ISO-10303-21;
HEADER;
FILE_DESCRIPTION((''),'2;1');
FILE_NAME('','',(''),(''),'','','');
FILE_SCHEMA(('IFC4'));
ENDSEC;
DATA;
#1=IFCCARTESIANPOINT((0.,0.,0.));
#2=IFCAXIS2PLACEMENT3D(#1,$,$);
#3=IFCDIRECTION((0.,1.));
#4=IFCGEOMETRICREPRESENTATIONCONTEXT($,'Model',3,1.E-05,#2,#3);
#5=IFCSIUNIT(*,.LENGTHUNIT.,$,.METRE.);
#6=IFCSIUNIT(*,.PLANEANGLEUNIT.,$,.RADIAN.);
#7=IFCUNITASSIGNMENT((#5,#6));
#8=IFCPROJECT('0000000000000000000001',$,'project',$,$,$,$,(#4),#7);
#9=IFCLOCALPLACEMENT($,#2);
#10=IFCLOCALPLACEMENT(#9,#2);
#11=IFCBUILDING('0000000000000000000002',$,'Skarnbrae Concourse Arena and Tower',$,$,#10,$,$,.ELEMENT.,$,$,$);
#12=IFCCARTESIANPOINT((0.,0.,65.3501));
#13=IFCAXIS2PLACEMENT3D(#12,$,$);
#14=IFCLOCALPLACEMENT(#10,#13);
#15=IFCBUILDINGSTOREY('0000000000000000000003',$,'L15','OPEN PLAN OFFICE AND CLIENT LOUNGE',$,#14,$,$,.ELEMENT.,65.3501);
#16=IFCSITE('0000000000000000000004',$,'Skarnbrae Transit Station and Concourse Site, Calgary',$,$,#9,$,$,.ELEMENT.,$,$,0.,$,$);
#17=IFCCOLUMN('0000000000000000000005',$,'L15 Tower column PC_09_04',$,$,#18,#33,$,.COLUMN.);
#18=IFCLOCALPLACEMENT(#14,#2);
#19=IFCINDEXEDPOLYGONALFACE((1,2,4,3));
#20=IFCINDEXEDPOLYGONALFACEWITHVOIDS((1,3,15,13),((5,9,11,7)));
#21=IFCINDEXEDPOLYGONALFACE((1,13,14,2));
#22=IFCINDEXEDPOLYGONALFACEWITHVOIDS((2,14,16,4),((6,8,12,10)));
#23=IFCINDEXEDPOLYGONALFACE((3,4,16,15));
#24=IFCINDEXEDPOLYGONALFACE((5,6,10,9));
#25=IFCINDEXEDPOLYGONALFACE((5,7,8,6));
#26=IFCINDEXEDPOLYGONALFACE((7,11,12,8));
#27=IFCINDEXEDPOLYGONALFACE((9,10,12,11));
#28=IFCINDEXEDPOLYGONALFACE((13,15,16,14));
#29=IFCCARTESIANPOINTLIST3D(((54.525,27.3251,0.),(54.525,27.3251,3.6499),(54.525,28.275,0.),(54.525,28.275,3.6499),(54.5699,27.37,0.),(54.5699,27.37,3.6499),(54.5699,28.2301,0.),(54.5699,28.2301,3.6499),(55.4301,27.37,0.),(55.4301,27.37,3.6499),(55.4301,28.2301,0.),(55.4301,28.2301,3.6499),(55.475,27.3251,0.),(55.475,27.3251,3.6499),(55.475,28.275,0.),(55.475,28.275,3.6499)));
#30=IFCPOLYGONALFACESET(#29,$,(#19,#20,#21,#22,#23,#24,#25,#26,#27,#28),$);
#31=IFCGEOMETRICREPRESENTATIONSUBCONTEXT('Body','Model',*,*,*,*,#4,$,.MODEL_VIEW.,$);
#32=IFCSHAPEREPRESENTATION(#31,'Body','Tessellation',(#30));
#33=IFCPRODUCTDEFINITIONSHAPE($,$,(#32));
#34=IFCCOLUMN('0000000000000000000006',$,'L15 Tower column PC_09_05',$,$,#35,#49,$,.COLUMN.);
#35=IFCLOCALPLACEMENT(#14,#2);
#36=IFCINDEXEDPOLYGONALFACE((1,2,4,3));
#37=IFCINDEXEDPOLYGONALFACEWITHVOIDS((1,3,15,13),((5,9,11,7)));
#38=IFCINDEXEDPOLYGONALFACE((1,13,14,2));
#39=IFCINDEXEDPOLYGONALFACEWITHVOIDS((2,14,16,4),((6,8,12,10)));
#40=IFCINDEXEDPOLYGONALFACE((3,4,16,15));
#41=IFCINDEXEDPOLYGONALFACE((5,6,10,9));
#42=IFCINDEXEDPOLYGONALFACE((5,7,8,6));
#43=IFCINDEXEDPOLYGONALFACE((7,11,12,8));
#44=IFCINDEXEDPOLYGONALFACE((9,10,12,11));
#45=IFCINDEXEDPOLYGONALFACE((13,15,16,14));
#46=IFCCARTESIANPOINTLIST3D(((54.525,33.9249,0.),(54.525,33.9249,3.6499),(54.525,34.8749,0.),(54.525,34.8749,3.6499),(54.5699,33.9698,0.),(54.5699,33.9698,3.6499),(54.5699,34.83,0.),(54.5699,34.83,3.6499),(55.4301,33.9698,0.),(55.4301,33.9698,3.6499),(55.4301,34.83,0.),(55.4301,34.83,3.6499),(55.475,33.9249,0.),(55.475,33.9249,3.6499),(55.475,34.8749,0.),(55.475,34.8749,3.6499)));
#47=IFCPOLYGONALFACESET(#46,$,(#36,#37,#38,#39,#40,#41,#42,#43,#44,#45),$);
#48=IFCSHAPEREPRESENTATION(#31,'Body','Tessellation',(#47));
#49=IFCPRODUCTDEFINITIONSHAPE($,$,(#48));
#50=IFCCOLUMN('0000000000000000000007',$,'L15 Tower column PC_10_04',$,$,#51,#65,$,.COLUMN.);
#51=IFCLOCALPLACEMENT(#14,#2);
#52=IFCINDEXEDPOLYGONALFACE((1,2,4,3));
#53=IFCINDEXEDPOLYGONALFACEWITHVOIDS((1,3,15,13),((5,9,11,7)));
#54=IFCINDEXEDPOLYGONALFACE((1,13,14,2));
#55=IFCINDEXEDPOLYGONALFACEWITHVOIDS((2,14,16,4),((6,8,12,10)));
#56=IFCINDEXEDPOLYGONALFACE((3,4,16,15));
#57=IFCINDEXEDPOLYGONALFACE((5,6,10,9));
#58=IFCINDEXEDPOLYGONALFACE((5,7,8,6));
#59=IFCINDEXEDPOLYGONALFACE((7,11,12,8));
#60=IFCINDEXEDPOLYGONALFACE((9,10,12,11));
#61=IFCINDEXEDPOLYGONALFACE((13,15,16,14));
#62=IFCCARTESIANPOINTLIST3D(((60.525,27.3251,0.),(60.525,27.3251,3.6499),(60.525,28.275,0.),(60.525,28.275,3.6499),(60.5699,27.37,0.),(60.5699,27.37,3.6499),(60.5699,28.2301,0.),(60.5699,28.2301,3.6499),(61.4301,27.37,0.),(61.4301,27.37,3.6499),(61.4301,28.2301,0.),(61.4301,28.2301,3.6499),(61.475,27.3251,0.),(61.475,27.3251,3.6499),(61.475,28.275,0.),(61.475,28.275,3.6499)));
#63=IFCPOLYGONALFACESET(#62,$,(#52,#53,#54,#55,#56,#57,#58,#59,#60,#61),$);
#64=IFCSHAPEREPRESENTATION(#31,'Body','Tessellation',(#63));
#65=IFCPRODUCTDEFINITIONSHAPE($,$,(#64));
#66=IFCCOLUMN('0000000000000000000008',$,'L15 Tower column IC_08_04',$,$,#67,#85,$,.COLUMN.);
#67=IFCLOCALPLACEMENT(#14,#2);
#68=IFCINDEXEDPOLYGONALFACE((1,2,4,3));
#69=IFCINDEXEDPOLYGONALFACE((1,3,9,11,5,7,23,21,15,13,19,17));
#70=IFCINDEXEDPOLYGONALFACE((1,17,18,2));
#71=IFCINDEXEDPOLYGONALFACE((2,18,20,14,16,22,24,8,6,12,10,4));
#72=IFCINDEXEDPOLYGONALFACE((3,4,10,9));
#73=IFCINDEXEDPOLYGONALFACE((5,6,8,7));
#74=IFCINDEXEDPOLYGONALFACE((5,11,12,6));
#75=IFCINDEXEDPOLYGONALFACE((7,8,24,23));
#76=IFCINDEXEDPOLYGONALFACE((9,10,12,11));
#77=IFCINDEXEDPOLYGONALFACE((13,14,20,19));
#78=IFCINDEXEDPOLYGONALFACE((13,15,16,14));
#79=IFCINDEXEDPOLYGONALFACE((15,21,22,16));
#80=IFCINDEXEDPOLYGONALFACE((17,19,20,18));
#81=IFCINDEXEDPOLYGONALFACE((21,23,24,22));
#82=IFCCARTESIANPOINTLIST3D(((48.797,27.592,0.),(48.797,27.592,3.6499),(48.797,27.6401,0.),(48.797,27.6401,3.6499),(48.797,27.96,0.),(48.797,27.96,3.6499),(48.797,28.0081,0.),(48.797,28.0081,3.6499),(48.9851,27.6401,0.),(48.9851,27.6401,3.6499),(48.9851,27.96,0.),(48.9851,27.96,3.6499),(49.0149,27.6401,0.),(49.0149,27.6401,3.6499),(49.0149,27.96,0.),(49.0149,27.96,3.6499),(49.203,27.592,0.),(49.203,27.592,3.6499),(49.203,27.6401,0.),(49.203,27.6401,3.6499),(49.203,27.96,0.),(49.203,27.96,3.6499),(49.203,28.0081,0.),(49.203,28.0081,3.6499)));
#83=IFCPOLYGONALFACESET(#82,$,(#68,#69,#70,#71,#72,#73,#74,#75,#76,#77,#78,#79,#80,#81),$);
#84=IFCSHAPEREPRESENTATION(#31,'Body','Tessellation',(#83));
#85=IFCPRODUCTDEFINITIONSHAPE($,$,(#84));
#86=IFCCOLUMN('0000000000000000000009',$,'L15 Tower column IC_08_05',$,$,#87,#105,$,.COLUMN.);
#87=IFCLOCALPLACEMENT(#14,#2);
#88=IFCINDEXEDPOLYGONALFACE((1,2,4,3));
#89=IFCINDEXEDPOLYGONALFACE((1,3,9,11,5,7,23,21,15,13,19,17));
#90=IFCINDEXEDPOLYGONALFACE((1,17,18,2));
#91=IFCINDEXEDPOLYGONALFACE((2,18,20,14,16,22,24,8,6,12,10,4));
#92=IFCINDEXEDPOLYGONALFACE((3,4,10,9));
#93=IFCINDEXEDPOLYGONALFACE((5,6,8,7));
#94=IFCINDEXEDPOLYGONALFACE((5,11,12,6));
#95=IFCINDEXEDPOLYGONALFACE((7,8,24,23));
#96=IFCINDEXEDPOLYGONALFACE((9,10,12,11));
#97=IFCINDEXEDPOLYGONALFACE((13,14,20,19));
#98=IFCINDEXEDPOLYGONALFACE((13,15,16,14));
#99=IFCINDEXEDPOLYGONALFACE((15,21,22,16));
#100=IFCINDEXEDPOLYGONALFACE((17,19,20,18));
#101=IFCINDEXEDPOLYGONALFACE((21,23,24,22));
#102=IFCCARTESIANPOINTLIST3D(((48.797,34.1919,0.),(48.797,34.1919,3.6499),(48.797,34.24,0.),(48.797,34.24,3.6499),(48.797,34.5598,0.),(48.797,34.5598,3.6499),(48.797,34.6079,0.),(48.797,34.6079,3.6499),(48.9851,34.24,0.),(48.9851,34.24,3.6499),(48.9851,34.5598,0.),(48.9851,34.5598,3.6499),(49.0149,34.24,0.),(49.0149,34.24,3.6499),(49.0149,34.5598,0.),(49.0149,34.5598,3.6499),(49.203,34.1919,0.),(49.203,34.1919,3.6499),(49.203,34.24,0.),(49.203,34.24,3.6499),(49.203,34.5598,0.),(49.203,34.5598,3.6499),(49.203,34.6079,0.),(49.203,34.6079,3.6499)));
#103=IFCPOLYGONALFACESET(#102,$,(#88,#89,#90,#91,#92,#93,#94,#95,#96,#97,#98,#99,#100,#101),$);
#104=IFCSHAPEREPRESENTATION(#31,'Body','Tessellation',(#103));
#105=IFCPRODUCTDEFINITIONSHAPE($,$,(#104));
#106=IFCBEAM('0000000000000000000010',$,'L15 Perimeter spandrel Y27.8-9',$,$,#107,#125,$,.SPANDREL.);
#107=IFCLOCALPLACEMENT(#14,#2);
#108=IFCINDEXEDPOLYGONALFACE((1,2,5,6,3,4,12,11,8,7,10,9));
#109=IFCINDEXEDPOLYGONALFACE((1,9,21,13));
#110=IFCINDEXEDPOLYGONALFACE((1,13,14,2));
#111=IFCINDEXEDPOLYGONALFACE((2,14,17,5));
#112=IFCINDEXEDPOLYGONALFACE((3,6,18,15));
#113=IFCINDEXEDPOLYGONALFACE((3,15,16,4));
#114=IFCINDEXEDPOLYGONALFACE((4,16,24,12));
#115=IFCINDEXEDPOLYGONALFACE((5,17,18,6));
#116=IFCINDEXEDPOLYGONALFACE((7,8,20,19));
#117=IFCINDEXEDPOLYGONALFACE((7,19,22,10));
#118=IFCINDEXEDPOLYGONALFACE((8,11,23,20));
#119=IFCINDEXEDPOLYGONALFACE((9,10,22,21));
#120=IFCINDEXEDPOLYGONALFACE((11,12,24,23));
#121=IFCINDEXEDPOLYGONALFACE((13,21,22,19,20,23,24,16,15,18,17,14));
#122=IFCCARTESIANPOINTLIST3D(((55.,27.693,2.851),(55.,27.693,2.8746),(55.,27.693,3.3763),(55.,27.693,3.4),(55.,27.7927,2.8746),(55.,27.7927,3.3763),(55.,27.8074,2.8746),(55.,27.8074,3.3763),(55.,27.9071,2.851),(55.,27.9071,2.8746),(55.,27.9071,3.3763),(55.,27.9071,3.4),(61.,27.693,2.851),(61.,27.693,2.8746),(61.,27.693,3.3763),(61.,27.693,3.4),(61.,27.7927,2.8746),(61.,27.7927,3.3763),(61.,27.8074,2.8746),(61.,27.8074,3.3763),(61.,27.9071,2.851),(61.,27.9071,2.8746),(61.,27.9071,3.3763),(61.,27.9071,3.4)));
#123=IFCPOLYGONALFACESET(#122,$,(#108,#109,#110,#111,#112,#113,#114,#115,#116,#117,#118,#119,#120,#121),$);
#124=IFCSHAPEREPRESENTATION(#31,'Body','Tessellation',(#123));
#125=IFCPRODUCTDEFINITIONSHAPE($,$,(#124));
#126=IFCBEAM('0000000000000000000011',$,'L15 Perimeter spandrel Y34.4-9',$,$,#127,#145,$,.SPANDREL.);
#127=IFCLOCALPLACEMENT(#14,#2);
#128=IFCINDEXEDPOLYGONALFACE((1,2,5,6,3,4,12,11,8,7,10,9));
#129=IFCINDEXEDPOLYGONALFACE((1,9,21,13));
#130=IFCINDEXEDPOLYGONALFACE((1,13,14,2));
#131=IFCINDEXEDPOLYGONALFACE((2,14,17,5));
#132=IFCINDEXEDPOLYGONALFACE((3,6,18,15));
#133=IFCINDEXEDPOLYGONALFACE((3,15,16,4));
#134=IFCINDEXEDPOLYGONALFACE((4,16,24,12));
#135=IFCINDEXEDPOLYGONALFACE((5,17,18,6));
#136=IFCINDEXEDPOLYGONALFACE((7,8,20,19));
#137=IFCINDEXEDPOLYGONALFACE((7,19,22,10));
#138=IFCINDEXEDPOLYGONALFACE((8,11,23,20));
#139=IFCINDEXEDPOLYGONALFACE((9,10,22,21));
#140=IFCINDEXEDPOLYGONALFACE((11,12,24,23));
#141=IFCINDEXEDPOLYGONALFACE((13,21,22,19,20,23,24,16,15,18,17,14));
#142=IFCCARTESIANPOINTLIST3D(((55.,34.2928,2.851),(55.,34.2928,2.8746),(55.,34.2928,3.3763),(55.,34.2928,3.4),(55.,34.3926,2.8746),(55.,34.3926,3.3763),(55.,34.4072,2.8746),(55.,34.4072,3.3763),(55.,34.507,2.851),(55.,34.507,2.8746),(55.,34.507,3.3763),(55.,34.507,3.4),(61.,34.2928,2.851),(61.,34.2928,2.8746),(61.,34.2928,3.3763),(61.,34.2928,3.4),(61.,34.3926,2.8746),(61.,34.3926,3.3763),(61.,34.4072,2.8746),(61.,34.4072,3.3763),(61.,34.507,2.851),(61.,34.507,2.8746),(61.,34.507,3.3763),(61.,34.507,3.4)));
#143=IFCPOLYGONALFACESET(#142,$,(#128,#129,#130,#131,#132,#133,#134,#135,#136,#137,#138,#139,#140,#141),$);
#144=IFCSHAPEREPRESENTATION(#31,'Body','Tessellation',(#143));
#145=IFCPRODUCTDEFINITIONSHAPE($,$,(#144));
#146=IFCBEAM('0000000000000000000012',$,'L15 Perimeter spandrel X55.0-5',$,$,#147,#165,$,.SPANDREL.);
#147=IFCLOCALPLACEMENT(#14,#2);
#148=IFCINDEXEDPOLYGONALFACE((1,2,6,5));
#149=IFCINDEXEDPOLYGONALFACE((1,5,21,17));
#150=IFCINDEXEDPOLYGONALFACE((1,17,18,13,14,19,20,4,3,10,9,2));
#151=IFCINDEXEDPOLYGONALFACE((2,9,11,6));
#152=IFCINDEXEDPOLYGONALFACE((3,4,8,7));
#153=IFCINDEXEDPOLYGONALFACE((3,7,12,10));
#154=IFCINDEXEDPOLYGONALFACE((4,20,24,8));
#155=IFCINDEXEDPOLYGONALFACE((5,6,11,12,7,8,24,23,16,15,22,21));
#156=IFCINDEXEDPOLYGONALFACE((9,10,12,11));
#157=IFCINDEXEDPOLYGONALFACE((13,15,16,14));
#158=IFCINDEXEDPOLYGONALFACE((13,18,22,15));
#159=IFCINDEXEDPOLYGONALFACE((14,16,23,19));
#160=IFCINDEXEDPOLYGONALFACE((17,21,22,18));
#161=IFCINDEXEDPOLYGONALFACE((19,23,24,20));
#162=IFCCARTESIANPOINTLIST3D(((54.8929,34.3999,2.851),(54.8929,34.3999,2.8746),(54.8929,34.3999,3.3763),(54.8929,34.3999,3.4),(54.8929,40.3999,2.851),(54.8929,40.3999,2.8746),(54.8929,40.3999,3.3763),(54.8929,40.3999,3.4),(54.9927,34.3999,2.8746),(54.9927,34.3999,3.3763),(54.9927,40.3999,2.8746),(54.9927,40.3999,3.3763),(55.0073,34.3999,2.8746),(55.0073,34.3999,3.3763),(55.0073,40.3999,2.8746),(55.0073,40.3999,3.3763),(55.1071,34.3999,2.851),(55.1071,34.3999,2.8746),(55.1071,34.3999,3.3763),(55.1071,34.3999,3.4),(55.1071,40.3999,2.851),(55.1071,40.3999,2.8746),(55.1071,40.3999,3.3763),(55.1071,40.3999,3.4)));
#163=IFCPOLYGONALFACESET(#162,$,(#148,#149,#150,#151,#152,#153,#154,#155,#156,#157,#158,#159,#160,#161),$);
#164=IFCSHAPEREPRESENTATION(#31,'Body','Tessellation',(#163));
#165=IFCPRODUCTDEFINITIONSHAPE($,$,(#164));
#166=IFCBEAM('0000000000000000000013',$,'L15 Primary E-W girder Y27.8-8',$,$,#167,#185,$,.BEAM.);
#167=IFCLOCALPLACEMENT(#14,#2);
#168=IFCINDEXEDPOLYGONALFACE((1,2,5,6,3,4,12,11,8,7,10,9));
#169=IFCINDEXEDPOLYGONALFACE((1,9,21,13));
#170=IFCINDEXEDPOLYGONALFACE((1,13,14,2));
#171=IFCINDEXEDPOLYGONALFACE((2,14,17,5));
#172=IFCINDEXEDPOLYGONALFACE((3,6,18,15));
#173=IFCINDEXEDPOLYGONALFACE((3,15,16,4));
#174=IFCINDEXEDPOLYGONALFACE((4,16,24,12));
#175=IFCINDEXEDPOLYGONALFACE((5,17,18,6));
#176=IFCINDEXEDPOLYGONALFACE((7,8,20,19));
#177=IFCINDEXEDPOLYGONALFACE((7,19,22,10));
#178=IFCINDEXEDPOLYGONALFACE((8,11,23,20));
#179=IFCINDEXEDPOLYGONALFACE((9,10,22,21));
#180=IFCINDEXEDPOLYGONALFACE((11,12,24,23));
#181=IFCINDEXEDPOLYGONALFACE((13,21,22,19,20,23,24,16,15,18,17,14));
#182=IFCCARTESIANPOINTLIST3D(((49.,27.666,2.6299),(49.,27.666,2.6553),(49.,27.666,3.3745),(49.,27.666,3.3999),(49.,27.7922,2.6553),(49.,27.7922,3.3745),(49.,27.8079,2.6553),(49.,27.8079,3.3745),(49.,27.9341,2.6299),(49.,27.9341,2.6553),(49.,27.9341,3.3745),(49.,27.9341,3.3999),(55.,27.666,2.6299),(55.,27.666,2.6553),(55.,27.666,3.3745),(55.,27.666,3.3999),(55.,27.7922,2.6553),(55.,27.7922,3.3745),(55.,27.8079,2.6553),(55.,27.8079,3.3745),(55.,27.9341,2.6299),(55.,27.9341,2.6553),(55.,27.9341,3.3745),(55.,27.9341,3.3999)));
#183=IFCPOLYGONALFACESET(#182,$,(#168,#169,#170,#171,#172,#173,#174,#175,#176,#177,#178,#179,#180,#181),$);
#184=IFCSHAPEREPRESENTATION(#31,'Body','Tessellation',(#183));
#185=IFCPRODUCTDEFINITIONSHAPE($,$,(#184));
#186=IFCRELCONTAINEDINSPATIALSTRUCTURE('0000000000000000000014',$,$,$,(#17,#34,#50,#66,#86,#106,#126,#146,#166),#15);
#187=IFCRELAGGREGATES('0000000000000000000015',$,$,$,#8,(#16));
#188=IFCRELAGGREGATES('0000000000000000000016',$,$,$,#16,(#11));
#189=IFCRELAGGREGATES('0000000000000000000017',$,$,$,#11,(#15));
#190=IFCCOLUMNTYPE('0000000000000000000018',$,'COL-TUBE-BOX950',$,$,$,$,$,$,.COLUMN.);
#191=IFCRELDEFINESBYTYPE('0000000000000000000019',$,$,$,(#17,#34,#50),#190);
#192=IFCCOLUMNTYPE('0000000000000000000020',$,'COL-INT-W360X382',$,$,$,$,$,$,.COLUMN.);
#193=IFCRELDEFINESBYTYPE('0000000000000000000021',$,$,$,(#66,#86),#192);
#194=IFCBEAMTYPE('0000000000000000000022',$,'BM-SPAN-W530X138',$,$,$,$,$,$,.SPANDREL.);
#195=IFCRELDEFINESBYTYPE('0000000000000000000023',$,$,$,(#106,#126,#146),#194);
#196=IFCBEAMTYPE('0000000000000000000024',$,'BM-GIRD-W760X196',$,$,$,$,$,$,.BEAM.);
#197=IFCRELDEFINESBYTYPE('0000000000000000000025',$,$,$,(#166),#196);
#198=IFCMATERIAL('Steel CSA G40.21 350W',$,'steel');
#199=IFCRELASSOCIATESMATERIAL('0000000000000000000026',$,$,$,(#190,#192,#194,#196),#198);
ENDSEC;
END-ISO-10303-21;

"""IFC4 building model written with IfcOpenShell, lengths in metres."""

from ifc_helpers import new_model, si_unit, direction, frame, origin, origin_2d, place, context, subcontext, project, spatial, hollow_rectangle, i_section, extrude, source, transform, mapped, material, material_profile, profile_set, type_object, element, save


model = new_model("IFC4")

# Units and contexts
model_context = context("Model", 3, precision=1e-05, world=origin(), true_north=direction((0.0, 1.0)))
body_context = subcontext(model_context, "Body", "Model", "MODEL_VIEW")
ifc_project = project(units=[si_unit("LENGTHUNIT", "METRE"), si_unit("PLANEANGLEUNIT", "RADIAN")], contexts=[model_context])

# Site, building, storey
site_placement = place(None, origin())
site = spatial("IfcSite", under=ifc_project, at=site_placement, Name="Skarnbrae Transit Station and Concourse Site, Calgary", CompositionType="ELEMENT", RefElevation=0.0)
building_placement = place(site_placement, origin())
building = spatial("IfcBuilding", under=site, at=building_placement, Name="Skarnbrae Concourse Arena and Tower", CompositionType="ELEMENT")
storey_placement = place(building_placement, frame((0.0, 0.0, 65.3501)))
storey = spatial("IfcBuildingStorey", under=building, at=storey_placement, Name="L15", Description="OPEN PLAN OFFICE AND CLIENT LOUNGE", CompositionType="ELEMENT", Elevation=65.3501)

# Columns
ifc_material_1 = material(Name="Steel CSA G40.21 350W", Category="steel")
ifc_material_profile_1 = material_profile(ifc_material_1, hollow_rectangle(XDim=0.95, YDim=0.95, WallThickness=0.0449, at=origin_2d()), Name="BOX950X950X45")
ifc_profile_set_1 = profile_set([ifc_material_profile_1], Name="Steel CSA G40.21 350W")
column_type_1 = type_object("IfcColumnType", Name="COL-TUBE-BOX950", PredefinedType="COLUMN", material=ifc_profile_set_1)
shared_shape_1 = source(origin(), body_context, "Body", "SweptSolid", [
    extrude(hollow_rectangle(XDim=0.95, YDim=0.95, WallThickness=0.0449, at=origin_2d()), origin(), (0.0, 0.0, 1.0), 3.6499),
])
for number, where, z_axis, x_axis, name in (
    (1, (55.0, 27.8, 0.0), (0.0, 0.0, 1.0), (1.0, 0.0, 0.0), "L15 Tower column PC_09_04"),
    (2, (55.0, 34.3999, 0.0), (0.0, 0.0, 1.0), (1.0, 0.0, 0.0), "L15 Tower column PC_09_05"),
    (3, (61.0, 27.8, 0.0), (0.0, 0.0, 1.0), (1.0, 0.0, 0.0), "L15 Tower column PC_10_04"),
):
    element("IfcColumn", number, at=place(storey_placement, frame(where, z_axis=z_axis, x_axis=x_axis)), inside=storey, type_object=column_type_1, Name=name, PredefinedType="COLUMN", context=body_context, shape_type="MappedRepresentation", body=[
        mapped(shared_shape_1, transform((0.0, 0.0, 0.0))),
    ])
ifc_material_profile_2 = material_profile(ifc_material_1, i_section(OverallWidth=0.406, OverallDepth=0.416, WebThickness=0.0298, FlangeThickness=0.0481, at=origin_2d()), Name="W360X382")
ifc_profile_set_2 = profile_set([ifc_material_profile_2], Name="Steel CSA G40.21 350W")
column_type_2 = type_object("IfcColumnType", Name="COL-INT-W360X382", PredefinedType="COLUMN", material=ifc_profile_set_2)
shared_shape_2 = source(origin(), body_context, "Body", "SweptSolid", [
    extrude(i_section(OverallWidth=0.406, OverallDepth=0.416, WebThickness=0.0298, FlangeThickness=0.0481, at=origin_2d()), origin(), (0.0, 0.0, 1.0), 3.6499),
])
for number, where, z_axis, x_axis, name in (
    (4, (49.0, 27.8, 0.0), (0.0, 0.0, 1.0), (1.0, 0.0, 0.0), "L15 Tower column IC_08_04"),
    (5, (49.0, 34.3999, 0.0), (0.0, 0.0, 1.0), (1.0, 0.0, 0.0), "L15 Tower column IC_08_05"),
):
    element("IfcColumn", number, at=place(storey_placement, frame(where, z_axis=z_axis, x_axis=x_axis)), inside=storey, type_object=column_type_2, Name=name, PredefinedType="COLUMN", context=body_context, shape_type="MappedRepresentation", body=[
        mapped(shared_shape_2, transform((0.0, 0.0, 0.0))),
    ])

# Beams
ifc_material_profile_3 = material_profile(ifc_material_1, i_section(OverallWidth=0.2141, OverallDepth=0.5491, WebThickness=0.0146, FlangeThickness=0.0237, at=origin_2d()), Name="W530X138")
ifc_profile_set_3 = profile_set([ifc_material_profile_3], Name="Steel CSA G40.21 350W")
beam_type_1 = type_object("IfcBeamType", Name="BM-SPAN-W530X138", PredefinedType="SPANDREL", material=ifc_profile_set_3)
shared_shape_3 = source(origin(), body_context, "Body", "SweptSolid", [
    extrude(i_section(OverallWidth=0.2141, OverallDepth=0.5491, WebThickness=0.0146, FlangeThickness=0.0237, at=origin_2d()), origin(), (0.0, 0.0, 1.0), 6.0),
])
for number, where, z_axis, x_axis, name in (
    (6, (55.0, 27.8, 3.1255), (1.0, 0.0, 0.0), (0.0, 1.0, 0.0), "L15 Perimeter spandrel Y27.8-9"),
    (7, (55.0, 34.3999, 3.1255), (1.0, 0.0, 0.0), (0.0, 1.0, 0.0), "L15 Perimeter spandrel Y34.4-9"),
    (8, (55.0, 34.3999, 3.1255), (0.0, 1.0, 0.0), (-1.0, 0.0, 0.0), "L15 Perimeter spandrel X55.0-5"),
):
    element("IfcBeam", number, at=place(storey_placement, frame(where, z_axis=z_axis, x_axis=x_axis)), inside=storey, type_object=beam_type_1, Name=name, PredefinedType="SPANDREL", context=body_context, shape_type="MappedRepresentation", body=[
        mapped(shared_shape_3, transform((0.0, 0.0, 0.0))),
    ])
ifc_material_profile_4 = material_profile(ifc_material_1, i_section(OverallWidth=0.2681, OverallDepth=0.77, WebThickness=0.0156, FlangeThickness=0.0254, at=origin_2d()), Name="W760X196")
ifc_profile_set_4 = profile_set([ifc_material_profile_4], Name="Steel CSA G40.21 350W")
beam_type_2 = type_object("IfcBeamType", Name="BM-GIRD-W760X196", PredefinedType="BEAM", material=ifc_profile_set_4)
shared_shape_4 = source(origin(), body_context, "Body", "SweptSolid", [
    extrude(i_section(OverallWidth=0.2681, OverallDepth=0.77, WebThickness=0.0156, FlangeThickness=0.0254, at=origin_2d()), origin(), (0.0, 0.0, 1.0), 6.0),
])
for number, where, z_axis, x_axis, name in (
    (9, (49.0, 27.8, 3.0149), (1.0, 0.0, 0.0), (0.0, 1.0, 0.0), "L15 Primary E-W girder Y27.8-8"),
):
    element("IfcBeam", number, at=place(storey_placement, frame(where, z_axis=z_axis, x_axis=x_axis)), inside=storey, type_object=beam_type_2, Name=name, PredefinedType="BEAM", context=body_context, shape_type="MappedRepresentation", body=[
        mapped(shared_shape_4, transform((0.0, 0.0, 0.0))),
    ])

save(model, "model.ifc")
